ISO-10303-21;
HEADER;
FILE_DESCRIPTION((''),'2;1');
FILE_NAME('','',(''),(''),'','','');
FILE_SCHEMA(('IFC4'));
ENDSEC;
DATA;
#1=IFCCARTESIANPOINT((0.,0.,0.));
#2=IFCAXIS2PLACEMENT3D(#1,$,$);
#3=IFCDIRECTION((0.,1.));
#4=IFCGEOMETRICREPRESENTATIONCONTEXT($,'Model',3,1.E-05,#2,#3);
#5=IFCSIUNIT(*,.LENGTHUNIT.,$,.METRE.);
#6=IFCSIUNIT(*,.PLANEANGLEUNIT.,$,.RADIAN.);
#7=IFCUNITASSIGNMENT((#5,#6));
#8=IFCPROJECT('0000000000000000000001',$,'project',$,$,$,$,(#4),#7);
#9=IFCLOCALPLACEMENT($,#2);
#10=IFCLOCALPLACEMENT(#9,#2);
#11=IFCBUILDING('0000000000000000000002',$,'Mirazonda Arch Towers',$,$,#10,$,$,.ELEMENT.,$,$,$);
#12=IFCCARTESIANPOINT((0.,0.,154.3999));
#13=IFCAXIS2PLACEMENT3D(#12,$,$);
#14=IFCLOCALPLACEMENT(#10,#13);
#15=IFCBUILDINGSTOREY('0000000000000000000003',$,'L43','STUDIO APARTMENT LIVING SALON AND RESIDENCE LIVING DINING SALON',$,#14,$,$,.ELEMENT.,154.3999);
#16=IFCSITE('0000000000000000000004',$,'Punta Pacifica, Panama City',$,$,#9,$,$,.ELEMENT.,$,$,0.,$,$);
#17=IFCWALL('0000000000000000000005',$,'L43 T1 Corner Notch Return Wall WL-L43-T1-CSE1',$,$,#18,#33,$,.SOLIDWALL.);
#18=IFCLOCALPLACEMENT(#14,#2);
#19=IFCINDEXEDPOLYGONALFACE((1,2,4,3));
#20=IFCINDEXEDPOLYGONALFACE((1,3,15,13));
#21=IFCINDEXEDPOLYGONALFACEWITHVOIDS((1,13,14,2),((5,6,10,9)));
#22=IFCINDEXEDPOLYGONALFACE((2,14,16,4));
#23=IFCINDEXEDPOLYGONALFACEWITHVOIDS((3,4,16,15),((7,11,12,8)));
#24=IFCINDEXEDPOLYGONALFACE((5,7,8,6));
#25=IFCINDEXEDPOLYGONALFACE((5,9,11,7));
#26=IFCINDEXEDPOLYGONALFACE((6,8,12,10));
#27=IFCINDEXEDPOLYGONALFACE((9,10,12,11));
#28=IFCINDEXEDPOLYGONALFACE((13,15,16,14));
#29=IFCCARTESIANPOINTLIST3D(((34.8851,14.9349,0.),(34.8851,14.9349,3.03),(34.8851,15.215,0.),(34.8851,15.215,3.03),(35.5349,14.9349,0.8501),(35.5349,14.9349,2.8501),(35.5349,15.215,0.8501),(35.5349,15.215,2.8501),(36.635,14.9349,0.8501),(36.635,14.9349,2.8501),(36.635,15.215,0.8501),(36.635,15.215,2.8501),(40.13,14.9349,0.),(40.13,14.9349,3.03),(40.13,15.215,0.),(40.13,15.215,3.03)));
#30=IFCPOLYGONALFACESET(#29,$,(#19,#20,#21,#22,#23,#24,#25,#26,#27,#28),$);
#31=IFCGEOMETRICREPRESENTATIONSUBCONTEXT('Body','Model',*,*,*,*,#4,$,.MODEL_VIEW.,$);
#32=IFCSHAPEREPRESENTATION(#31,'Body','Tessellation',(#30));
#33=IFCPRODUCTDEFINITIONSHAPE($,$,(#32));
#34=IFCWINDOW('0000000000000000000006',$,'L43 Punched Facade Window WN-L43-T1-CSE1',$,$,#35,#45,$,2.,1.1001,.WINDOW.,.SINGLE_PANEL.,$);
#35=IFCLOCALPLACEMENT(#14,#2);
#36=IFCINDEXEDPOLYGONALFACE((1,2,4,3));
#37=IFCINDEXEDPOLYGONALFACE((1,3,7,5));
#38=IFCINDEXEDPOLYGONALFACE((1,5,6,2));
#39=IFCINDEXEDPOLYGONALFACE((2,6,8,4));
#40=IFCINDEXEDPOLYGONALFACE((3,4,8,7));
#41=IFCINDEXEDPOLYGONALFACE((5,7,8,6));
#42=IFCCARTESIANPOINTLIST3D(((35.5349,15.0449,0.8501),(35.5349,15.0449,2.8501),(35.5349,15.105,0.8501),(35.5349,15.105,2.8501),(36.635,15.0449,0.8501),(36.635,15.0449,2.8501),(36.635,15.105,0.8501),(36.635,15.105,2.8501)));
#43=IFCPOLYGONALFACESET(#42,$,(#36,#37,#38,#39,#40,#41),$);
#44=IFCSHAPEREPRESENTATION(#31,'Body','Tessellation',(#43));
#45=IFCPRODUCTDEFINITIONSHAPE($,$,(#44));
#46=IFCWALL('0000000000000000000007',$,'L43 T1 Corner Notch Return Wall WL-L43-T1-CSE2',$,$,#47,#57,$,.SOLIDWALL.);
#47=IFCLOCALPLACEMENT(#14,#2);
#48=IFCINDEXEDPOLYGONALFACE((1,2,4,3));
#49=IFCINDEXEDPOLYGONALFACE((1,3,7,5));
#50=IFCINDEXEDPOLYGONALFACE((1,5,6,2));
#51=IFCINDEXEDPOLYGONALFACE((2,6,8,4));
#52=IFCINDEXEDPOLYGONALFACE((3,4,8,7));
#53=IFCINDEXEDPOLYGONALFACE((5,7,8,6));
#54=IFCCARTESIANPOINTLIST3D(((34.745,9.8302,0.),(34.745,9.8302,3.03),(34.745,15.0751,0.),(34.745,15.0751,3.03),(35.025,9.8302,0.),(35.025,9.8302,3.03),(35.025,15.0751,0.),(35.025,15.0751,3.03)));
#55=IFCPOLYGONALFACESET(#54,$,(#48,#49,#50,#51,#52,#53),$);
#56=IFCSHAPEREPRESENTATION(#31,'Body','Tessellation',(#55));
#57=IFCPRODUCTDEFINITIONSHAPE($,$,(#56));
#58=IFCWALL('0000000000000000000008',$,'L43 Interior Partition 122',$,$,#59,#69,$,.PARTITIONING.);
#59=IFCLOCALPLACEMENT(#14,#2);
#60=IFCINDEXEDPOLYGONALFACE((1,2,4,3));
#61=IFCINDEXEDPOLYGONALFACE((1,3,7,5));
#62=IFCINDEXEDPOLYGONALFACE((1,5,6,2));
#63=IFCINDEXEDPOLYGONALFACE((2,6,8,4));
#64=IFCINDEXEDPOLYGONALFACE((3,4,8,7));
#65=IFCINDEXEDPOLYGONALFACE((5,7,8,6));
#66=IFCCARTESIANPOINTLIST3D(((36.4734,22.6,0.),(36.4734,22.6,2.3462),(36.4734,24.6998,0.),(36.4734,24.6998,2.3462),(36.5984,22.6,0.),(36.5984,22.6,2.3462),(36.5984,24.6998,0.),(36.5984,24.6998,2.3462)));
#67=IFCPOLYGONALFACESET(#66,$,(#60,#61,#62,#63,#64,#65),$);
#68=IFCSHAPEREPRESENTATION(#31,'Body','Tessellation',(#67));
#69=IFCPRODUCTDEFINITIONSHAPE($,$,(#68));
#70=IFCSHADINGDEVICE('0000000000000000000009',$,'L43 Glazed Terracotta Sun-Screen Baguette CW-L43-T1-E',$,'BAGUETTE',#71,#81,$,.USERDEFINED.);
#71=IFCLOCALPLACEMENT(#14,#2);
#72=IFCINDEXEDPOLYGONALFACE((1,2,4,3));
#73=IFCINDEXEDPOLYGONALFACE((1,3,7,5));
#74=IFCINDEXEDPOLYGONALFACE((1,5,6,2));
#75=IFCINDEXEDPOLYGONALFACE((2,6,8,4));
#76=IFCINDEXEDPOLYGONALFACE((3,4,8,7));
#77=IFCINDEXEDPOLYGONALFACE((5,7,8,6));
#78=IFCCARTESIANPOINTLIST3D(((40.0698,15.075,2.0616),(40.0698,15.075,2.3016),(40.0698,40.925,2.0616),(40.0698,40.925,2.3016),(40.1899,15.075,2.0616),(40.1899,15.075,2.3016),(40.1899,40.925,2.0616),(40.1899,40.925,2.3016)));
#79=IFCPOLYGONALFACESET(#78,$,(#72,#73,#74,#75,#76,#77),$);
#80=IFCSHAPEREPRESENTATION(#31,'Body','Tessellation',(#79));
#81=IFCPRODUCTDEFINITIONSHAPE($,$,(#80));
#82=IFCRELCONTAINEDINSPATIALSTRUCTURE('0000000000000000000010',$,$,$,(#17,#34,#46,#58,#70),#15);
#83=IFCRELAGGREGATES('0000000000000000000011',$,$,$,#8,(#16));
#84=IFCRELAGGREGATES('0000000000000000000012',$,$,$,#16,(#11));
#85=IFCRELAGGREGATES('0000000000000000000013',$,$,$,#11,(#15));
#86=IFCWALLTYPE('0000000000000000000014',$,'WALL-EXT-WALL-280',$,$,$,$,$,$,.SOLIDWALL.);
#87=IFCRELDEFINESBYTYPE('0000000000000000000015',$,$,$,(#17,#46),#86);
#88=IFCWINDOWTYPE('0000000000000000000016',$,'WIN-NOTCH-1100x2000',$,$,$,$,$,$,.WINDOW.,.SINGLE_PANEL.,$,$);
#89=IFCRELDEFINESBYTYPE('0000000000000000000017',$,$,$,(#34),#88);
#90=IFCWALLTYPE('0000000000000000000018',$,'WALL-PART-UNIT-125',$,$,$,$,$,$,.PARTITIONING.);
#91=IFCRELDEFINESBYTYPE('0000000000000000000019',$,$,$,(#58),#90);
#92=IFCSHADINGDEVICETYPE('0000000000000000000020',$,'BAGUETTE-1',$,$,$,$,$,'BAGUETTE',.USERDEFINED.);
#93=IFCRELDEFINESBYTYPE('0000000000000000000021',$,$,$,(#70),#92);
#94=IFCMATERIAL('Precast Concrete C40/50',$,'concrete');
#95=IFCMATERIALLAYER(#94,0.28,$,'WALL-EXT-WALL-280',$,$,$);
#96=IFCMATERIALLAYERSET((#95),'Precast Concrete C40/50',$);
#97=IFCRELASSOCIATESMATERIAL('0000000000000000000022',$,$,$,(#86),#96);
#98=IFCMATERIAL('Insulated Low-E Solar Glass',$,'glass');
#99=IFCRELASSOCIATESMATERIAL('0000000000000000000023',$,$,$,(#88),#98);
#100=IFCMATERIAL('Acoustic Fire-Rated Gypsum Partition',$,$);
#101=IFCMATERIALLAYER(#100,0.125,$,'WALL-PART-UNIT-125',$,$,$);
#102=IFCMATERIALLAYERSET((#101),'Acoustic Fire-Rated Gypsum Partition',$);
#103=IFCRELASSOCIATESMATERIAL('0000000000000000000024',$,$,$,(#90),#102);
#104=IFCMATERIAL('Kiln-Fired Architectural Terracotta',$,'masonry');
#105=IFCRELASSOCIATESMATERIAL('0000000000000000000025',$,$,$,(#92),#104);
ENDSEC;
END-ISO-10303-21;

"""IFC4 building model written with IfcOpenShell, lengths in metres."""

from ifc_helpers import new_model, si_unit, direction, frame, frame_2d, origin, origin_2d, place, context, subcontext, project, spatial, rectangle, extrude, material, layer, layer_set, material_profile, profile_set, type_object, element, fill, save


model = new_model("IFC4")

# Units and contexts
model_context = context("Model", 3, precision=1e-05, world=origin(), true_north=direction((0.0, 1.0)))
body_context = subcontext(model_context, "Body", "Model", "MODEL_VIEW")
ifc_project = project(units=[si_unit("LENGTHUNIT", "METRE"), si_unit("PLANEANGLEUNIT", "RADIAN")], contexts=[model_context])

# Site, building, storey
site_placement = place(None, origin())
site = spatial("IfcSite", under=ifc_project, at=site_placement, Name="Punta Pacifica, Panama City", CompositionType="ELEMENT", RefElevation=0.0)
building_placement = place(site_placement, origin())
building = spatial("IfcBuilding", under=site, at=building_placement, Name="Mirazonda Arch Towers", CompositionType="ELEMENT")
storey_placement = place(building_placement, frame((0.0, 0.0, 154.3999)))
storey = spatial("IfcBuildingStorey", under=building, at=storey_placement, Name="L43", Description="STUDIO APARTMENT LIVING SALON AND RESIDENCE LIVING DINING SALON", CompositionType="ELEMENT", Elevation=154.3999)

# Shared definitions
ifc_material_1 = material(Name="Insulated Low-E Solar Glass", Category="glass")

# Wall, opening, window
ifc_material_2 = material(Name="Precast Concrete C40/50", Category="concrete")
ifc_layer_1 = layer(ifc_material_2, 0.28, Name="WALL-EXT-WALL-280")
ifc_layer_set_1 = layer_set([ifc_layer_1], Name="Precast Concrete C40/50")
wall_type_1 = type_object("IfcWallType", Name="WALL-EXT-WALL-280", PredefinedType="SOLIDWALL", material=ifc_layer_set_1)
wall_1_placement = place(storey_placement, frame((34.885, 15.075, 0.0), z_axis=(0.0, 0.0, 1.0), x_axis=(1.0, 0.0, 0.0)))
wall_1 = element("IfcWall", 1, at=wall_1_placement, inside=storey, type_object=wall_type_1, Name="L43 T1 Corner Notch Return Wall WL-L43-T1-CSE1", PredefinedType="SOLIDWALL", context=body_context, shape_type="SweptSolid", body=[
    extrude(rectangle(XDim=5.2449, YDim=0.28, at=frame_2d((2.6226, 0.0))), origin(), (0.0, 0.0, 1.0), 3.03),
])
opening_placement = place(wall_1_placement, frame((0.6499, 0.0, 0.8501)))
opening = element("IfcOpeningElement", 2, at=opening_placement, cuts=wall_1, PredefinedType="OPENING", context=body_context, shape_type="SweptSolid", body=[
    extrude(rectangle(XDim=1.1001, YDim=2.0, at=frame_2d((0.55, 1.0))), frame((0.0, 0.1499, 0.0), z_axis=(0.0, -1.0, 0.0), x_axis=(1.0, 0.0, 0.0)), (0.0, 0.0, 1.0), 0.3),
])
window_type = type_object("IfcWindowType", Name="WIN-NOTCH-1100x2000", PartitioningType="SINGLE_PANEL", PredefinedType="WINDOW", material=ifc_material_1)
window_placement = place(opening_placement, origin())
window = element("IfcWindow", 3, at=window_placement, inside=storey, type_object=window_type, Name="L43 Punched Facade Window WN-L43-T1-CSE1", OverallHeight=2.0, OverallWidth=1.1001, PartitioningType="SINGLE_PANEL", PredefinedType="WINDOW", context=body_context, shape_type="SweptSolid", body=[
    extrude(rectangle(XDim=1.1001, YDim=2.0, at=frame_2d((0.55, 1.0))), frame((0.0, 0.03, 0.0), z_axis=(0.0, -1.0, 0.0), x_axis=(1.0, 0.0, 0.0)), (0.0, 0.0, 1.0), 0.0601),
])
fill(opening, window)

# Walls
wall_2_placement = place(storey_placement, frame((34.885, 9.8301, 0.0), z_axis=(0.0, 0.0, 1.0), x_axis=(0.0, 1.0, 0.0)))
element("IfcWall", 4, at=wall_2_placement, inside=storey, type_object=wall_type_1, Name="L43 T1 Corner Notch Return Wall WL-L43-T1-CSE2", PredefinedType="SOLIDWALL", context=body_context, shape_type="SweptSolid", body=[
    extrude(rectangle(XDim=5.2449, YDim=0.28, at=frame_2d((2.6226, 0.0))), origin(), (0.0, 0.0, 1.0), 3.03),
])
ifc_material_3 = material(Name="Acoustic Fire-Rated Gypsum Partition")
ifc_layer_2 = layer(ifc_material_3, 0.125, Name="WALL-PART-UNIT-125")
ifc_layer_set_2 = layer_set([ifc_layer_2], Name="Acoustic Fire-Rated Gypsum Partition")
wall_type_2 = type_object("IfcWallType", Name="WALL-PART-UNIT-125", PredefinedType="PARTITIONING", material=ifc_layer_set_2)
wall_3_placement = place(storey_placement, frame((36.5359, 22.6001, 0.0), z_axis=(0.0, 0.0, 1.0), x_axis=(0.0, 1.0, 0.0)))
element("IfcWall", 5, at=wall_3_placement, inside=storey, type_object=wall_type_2, Name="L43 Interior Partition 122", PredefinedType="PARTITIONING", context=body_context, shape_type="SweptSolid", body=[
    extrude(rectangle(XDim=2.0999, YDim=0.125, at=frame_2d((1.0498, 0.0))), origin(), (0.0, 0.0, 1.0), 2.3462),
])

# Shading device
ifc_material_4 = material(Name="Kiln-Fired Architectural Terracotta", Category="masonry")
ifc_material_profile_1 = material_profile(ifc_material_4, rectangle(XDim=0.1201, YDim=0.24, at=origin_2d()), Name="TERRA-BAG-120x240")
ifc_profile_set_1 = profile_set([ifc_material_profile_1], Name="Kiln-Fired Architectural Terracotta")
shading_device_type = type_object("IfcShadingDeviceType", Name="BAGUETTE-1", ElementType="BAGUETTE", PredefinedType="USERDEFINED", material=ifc_profile_set_1)
shading_device_placement = place(storey_placement, frame((40.1299, 15.075, 2.1816), z_axis=(0.0, 1.0, 0.0), x_axis=(-1.0, 0.0, 0.0)))
element("IfcShadingDevice", 6, at=shading_device_placement, inside=storey, type_object=shading_device_type, Name="L43 Glazed Terracotta Sun-Screen Baguette CW-L43-T1-E", ObjectType="BAGUETTE", PredefinedType="USERDEFINED", context=body_context, shape_type="SweptSolid", body=[
    extrude(rectangle(XDim=0.1201, YDim=0.24, at=origin_2d()), origin(), (0.0, 0.0, 1.0), 25.8501),
])

save(model, "model.ifc")
